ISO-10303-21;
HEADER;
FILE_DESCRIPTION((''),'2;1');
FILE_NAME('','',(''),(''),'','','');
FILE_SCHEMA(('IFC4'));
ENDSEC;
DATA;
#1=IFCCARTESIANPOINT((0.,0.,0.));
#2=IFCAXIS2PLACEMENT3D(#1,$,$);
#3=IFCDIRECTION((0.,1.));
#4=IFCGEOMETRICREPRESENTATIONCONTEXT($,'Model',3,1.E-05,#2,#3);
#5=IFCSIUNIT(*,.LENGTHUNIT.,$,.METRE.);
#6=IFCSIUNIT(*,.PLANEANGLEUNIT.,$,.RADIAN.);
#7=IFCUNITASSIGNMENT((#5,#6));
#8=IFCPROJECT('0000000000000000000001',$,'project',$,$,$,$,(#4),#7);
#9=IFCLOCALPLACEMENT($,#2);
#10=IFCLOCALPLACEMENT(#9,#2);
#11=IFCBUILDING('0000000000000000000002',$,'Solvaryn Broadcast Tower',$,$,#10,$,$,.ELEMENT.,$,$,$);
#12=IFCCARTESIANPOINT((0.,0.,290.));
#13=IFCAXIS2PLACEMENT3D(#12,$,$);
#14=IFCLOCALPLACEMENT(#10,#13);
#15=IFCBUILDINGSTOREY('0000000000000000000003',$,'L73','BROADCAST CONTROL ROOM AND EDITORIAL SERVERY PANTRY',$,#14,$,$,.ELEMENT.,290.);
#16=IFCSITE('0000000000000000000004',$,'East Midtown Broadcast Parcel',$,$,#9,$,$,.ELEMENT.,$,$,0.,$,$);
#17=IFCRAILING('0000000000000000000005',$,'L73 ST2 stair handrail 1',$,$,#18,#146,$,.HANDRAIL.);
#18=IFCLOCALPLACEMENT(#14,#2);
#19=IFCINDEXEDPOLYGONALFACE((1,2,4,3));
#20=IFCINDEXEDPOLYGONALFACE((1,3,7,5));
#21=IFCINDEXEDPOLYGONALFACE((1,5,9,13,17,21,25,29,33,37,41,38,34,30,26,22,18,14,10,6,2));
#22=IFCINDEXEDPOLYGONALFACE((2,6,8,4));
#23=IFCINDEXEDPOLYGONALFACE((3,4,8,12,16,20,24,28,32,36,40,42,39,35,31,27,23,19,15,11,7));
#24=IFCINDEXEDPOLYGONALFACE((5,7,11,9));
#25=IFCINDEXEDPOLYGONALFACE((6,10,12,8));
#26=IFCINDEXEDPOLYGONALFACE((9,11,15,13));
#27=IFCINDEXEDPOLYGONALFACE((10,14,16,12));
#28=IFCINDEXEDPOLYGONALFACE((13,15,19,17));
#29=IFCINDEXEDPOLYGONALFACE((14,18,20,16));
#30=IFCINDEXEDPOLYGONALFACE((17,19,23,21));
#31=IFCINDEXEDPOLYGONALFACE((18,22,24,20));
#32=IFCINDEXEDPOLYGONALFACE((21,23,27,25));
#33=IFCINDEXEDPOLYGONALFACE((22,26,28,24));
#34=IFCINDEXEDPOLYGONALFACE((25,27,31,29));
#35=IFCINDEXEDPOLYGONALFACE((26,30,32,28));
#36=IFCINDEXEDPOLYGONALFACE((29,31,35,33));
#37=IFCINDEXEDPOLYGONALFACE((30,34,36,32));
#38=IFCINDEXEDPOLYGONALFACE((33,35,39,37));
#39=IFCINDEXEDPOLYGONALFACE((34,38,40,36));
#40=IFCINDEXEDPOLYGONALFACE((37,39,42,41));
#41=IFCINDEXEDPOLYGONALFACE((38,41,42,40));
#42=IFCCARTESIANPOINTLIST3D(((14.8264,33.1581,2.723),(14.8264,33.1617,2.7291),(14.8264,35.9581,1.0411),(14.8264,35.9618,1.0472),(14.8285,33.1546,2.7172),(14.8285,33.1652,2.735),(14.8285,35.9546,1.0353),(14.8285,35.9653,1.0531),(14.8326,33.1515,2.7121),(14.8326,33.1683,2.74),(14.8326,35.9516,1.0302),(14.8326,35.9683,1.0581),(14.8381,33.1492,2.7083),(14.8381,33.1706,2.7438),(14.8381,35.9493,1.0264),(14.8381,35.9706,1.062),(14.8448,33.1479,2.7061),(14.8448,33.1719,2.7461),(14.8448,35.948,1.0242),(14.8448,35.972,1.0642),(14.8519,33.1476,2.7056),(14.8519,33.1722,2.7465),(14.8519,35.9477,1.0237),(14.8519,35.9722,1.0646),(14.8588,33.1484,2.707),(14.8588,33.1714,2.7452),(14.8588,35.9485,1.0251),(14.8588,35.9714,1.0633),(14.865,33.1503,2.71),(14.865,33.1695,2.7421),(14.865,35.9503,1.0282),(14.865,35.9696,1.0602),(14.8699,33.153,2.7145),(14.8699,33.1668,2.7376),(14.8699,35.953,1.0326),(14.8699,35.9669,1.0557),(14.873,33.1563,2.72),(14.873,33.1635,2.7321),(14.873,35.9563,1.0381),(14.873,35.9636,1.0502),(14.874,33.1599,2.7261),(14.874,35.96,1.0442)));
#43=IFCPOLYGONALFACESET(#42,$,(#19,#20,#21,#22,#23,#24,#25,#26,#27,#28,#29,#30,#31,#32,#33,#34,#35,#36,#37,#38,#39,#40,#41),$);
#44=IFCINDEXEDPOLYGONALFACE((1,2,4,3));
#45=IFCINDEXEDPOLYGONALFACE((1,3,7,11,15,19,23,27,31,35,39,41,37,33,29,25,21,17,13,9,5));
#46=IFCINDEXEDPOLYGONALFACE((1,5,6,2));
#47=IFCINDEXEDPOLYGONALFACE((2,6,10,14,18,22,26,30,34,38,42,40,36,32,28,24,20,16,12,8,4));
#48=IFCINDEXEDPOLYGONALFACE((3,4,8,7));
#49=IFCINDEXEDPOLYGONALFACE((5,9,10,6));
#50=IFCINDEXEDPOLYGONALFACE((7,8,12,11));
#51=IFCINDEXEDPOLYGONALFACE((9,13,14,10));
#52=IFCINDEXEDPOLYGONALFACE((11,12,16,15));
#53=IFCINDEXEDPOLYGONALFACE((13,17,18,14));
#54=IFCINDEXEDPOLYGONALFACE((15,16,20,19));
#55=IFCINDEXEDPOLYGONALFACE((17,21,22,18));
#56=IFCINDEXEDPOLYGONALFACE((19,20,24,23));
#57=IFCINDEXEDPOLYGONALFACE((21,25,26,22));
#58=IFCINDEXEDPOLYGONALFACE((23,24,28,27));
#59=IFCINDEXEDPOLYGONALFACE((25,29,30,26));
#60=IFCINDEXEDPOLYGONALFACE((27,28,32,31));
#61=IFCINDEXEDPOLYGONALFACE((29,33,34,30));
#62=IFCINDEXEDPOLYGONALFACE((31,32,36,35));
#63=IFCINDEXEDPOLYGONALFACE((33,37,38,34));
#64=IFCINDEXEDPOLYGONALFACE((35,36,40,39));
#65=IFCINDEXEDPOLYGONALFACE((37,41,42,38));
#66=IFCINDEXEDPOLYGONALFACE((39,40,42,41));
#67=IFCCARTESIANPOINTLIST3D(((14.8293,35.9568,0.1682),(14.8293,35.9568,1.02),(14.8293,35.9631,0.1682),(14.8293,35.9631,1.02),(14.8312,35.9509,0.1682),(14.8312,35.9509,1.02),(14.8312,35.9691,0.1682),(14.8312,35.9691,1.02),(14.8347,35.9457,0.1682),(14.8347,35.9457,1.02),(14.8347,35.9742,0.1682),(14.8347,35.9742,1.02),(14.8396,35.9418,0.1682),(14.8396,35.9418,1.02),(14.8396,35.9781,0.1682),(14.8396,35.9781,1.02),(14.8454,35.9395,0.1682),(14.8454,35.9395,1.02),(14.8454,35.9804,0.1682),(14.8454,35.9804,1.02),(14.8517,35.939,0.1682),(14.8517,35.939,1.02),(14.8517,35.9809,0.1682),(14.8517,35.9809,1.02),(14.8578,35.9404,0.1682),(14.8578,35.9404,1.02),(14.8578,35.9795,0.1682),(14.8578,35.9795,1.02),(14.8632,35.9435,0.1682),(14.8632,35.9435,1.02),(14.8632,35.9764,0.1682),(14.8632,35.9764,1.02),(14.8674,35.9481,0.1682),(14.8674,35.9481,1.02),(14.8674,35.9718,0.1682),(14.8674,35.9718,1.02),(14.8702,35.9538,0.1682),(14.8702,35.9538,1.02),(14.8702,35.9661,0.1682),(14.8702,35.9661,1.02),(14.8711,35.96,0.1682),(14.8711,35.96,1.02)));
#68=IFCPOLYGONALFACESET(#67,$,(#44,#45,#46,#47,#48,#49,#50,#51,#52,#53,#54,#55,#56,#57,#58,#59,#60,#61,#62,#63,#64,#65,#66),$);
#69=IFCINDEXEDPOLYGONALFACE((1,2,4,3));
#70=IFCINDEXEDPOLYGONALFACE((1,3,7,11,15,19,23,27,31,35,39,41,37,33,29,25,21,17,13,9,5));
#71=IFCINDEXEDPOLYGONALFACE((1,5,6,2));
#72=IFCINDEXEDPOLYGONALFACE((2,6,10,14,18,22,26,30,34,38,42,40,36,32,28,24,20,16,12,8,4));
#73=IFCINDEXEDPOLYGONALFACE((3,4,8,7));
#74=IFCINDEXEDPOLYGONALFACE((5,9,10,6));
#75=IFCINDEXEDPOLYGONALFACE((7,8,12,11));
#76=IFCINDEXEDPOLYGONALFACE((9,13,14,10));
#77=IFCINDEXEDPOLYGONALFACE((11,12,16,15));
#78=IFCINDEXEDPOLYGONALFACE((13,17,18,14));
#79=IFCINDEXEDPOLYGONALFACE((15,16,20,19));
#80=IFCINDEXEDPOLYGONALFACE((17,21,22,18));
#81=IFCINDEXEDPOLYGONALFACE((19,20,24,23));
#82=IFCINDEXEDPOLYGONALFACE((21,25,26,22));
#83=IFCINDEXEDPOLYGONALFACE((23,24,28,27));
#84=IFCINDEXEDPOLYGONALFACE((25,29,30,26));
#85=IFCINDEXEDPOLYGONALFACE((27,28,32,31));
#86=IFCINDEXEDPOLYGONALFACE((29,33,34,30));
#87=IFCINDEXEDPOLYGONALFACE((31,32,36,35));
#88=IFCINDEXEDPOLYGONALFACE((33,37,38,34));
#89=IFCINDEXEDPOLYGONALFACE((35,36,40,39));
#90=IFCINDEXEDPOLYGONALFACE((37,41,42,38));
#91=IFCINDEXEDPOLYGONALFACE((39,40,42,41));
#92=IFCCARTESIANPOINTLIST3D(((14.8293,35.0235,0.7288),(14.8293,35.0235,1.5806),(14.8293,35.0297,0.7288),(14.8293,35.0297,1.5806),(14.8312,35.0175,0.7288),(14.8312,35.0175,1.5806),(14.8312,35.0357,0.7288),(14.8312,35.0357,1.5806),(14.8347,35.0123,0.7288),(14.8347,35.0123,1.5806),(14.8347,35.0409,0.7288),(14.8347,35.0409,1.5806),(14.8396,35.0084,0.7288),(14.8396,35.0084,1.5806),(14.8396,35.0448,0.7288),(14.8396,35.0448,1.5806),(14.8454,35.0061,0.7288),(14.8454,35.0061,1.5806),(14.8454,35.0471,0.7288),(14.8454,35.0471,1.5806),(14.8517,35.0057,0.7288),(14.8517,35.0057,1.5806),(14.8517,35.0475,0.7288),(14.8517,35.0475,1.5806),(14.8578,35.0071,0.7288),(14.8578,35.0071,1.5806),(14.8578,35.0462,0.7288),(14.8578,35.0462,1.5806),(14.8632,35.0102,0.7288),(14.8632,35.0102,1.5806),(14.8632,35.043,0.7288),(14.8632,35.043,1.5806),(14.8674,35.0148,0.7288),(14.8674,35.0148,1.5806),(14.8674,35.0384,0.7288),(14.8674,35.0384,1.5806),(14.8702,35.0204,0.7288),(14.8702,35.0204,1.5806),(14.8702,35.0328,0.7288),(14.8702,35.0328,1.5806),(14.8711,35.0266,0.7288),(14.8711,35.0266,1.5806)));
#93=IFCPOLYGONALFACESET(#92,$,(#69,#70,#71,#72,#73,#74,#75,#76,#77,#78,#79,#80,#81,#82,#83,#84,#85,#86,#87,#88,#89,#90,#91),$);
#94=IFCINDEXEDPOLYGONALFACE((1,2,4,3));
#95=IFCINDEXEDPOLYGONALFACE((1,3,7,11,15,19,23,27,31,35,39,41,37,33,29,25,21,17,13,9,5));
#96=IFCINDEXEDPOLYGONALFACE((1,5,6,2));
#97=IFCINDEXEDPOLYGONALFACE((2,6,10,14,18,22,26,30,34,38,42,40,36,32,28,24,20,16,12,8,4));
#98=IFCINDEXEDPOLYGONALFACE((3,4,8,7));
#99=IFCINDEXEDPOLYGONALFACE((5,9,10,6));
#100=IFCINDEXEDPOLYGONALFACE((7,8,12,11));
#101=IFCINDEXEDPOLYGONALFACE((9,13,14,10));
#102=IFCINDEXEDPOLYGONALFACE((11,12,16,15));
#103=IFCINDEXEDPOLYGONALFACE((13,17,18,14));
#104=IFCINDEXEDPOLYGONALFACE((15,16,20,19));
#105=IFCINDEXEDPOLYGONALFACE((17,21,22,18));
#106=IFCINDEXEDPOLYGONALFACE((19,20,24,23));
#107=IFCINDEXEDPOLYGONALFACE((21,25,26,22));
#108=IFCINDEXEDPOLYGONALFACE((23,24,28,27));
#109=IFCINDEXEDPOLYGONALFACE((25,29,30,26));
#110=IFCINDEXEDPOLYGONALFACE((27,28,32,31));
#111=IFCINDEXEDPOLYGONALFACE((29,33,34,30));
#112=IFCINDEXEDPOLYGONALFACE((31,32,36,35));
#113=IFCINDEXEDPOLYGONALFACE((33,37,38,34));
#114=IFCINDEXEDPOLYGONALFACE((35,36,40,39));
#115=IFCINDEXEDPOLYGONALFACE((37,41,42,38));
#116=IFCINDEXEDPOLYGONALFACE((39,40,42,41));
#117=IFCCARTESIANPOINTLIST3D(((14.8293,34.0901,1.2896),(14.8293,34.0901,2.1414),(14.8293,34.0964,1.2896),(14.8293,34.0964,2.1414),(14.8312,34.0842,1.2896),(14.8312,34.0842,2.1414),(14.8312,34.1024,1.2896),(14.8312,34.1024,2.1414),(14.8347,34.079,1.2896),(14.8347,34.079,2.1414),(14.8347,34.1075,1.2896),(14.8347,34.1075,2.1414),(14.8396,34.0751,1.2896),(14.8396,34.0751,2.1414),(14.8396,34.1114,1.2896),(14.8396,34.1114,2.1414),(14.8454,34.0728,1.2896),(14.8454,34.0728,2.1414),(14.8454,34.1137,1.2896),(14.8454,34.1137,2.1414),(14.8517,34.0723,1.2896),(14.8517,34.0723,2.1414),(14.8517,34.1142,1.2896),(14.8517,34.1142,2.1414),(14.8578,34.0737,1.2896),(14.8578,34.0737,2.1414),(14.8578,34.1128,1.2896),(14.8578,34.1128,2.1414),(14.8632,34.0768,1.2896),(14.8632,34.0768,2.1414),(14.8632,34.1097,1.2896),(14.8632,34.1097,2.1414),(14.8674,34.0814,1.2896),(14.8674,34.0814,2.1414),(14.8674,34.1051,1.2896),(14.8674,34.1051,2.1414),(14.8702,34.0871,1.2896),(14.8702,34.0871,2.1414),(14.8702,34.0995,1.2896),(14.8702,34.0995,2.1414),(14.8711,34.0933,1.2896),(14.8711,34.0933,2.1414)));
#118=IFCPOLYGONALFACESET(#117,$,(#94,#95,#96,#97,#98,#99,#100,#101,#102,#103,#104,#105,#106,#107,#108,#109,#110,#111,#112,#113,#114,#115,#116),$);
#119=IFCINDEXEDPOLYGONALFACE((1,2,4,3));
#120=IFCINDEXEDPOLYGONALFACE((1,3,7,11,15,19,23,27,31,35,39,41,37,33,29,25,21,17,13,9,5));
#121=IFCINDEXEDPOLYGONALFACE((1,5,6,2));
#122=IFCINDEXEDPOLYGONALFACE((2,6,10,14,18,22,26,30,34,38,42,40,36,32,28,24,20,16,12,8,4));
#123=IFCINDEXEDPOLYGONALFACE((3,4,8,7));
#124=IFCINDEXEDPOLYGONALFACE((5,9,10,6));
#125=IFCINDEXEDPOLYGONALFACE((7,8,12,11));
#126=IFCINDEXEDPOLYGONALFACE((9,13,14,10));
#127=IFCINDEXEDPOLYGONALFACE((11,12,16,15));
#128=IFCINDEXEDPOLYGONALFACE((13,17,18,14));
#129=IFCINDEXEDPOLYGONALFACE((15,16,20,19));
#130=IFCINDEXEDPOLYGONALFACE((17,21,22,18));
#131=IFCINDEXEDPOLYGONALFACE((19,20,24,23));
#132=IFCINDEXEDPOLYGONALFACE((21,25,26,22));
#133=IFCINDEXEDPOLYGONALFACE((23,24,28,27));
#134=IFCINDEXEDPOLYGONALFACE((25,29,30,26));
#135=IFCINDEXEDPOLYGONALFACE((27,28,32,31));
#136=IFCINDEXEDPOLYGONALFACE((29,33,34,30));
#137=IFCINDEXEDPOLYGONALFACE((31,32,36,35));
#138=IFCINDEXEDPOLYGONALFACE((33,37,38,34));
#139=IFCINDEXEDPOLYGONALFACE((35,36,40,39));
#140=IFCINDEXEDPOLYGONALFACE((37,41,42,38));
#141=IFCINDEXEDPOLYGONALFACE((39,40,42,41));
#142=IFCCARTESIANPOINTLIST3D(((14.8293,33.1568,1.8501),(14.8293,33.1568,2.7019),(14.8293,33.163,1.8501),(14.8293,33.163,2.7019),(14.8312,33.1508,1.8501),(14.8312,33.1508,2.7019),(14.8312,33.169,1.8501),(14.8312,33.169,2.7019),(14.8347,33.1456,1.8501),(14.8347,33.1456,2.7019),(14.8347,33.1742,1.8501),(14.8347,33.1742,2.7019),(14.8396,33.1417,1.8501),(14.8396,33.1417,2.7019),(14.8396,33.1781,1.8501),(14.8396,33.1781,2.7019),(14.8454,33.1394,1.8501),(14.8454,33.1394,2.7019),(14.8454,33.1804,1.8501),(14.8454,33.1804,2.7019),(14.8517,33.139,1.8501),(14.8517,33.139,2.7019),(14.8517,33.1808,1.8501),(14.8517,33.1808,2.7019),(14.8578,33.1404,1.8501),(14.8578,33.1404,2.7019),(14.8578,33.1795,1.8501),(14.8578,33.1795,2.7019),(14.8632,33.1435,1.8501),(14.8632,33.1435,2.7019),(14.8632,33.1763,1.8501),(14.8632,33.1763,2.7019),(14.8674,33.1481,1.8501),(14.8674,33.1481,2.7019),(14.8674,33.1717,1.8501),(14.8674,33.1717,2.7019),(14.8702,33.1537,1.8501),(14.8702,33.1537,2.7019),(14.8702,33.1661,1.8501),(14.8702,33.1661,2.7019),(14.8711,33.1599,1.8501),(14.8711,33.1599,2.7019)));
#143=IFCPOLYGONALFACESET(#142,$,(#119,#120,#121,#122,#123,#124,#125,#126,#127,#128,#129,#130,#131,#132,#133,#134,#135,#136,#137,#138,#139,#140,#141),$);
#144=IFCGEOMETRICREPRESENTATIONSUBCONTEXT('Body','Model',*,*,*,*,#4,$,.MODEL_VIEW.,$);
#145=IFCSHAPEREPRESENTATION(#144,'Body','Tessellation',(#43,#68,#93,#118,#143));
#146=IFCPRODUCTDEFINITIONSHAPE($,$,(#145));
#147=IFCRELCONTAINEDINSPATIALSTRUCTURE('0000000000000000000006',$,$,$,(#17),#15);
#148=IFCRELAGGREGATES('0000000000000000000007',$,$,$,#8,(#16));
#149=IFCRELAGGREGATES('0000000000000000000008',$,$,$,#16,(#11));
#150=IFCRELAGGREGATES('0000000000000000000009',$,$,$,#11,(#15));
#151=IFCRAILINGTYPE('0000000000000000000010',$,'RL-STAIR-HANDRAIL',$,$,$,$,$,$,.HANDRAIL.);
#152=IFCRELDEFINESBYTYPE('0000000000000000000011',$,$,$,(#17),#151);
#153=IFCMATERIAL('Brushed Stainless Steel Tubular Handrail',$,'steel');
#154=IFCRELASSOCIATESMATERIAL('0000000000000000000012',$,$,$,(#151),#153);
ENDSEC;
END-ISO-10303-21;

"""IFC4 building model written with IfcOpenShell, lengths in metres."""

from ifc_helpers import new_model, si_unit, direction, frame, origin, origin_2d, place, context, subcontext, project, spatial, circle, extrude, material, type_object, element, save


model = new_model("IFC4")

# Units and contexts
model_context = context("Model", 3, precision=1e-05, world=origin(), true_north=direction((0.0, 1.0)))
body_context = subcontext(model_context, "Body", "Model", "MODEL_VIEW")
ifc_project = project(units=[si_unit("LENGTHUNIT", "METRE"), si_unit("PLANEANGLEUNIT", "RADIAN")], contexts=[model_context])

# Site, building, storey
site_placement = place(None, origin())
site = spatial("IfcSite", under=ifc_project, at=site_placement, Name="East Midtown Broadcast Parcel", CompositionType="ELEMENT", RefElevation=0.0)
building_placement = place(site_placement, origin())
building = spatial("IfcBuilding", under=site, at=building_placement, Name="Solvaryn Broadcast Tower", CompositionType="ELEMENT")
storey_placement = place(building_placement, frame((0.0, 0.0, 290.0)))
storey = spatial("IfcBuildingStorey", under=building, at=storey_placement, Name="L73", Description="BROADCAST CONTROL ROOM AND EDITORIAL SERVERY PANTRY", CompositionType="ELEMENT", Elevation=290.0)

# Railing
ifc_material_1 = material(Name="Brushed Stainless Steel Tubular Handrail", Category="steel")
railing_type_1 = type_object("IfcRailingType", Name="RL-STAIR-HANDRAIL", PredefinedType="HANDRAIL", material=ifc_material_1)
railing_1_placement = place(storey_placement, frame((14.8501, 35.96, 0.1682)))
element("IfcRailing", 1, at=railing_1_placement, inside=storey, type_object=railing_type_1, Name="L73 ST2 stair handrail 1", PredefinedType="HANDRAIL", context=body_context, shape_type="SweptSolid", body=[
    extrude(circle(Radius=0.0239, at=origin_2d()), frame((0.0, 0.0, 0.876), z_axis=(0.0, -0.857242, 0.514913), x_axis=(1.0, 0.0, 0.0)), (0.0, 0.0, 1.0), 3.2664),
    extrude(circle(Radius=0.021, at=origin_2d()), origin(), (0.0, 0.0, 1.0), 0.8518),
    extrude(circle(Radius=0.021, at=origin_2d()), frame((0.0, -0.9333, 0.5605)), (0.0, 0.0, 1.0), 0.8518),
    extrude(circle(Radius=0.021, at=origin_2d()), frame((0.0, -1.8667, 1.1213)), (0.0, 0.0, 1.0), 0.8518),
    extrude(circle(Radius=0.021, at=origin_2d()), frame((0.0, -2.8, 1.6819)), (0.0, 0.0, 1.0), 0.8518),
])

save(model, "model.ifc")
